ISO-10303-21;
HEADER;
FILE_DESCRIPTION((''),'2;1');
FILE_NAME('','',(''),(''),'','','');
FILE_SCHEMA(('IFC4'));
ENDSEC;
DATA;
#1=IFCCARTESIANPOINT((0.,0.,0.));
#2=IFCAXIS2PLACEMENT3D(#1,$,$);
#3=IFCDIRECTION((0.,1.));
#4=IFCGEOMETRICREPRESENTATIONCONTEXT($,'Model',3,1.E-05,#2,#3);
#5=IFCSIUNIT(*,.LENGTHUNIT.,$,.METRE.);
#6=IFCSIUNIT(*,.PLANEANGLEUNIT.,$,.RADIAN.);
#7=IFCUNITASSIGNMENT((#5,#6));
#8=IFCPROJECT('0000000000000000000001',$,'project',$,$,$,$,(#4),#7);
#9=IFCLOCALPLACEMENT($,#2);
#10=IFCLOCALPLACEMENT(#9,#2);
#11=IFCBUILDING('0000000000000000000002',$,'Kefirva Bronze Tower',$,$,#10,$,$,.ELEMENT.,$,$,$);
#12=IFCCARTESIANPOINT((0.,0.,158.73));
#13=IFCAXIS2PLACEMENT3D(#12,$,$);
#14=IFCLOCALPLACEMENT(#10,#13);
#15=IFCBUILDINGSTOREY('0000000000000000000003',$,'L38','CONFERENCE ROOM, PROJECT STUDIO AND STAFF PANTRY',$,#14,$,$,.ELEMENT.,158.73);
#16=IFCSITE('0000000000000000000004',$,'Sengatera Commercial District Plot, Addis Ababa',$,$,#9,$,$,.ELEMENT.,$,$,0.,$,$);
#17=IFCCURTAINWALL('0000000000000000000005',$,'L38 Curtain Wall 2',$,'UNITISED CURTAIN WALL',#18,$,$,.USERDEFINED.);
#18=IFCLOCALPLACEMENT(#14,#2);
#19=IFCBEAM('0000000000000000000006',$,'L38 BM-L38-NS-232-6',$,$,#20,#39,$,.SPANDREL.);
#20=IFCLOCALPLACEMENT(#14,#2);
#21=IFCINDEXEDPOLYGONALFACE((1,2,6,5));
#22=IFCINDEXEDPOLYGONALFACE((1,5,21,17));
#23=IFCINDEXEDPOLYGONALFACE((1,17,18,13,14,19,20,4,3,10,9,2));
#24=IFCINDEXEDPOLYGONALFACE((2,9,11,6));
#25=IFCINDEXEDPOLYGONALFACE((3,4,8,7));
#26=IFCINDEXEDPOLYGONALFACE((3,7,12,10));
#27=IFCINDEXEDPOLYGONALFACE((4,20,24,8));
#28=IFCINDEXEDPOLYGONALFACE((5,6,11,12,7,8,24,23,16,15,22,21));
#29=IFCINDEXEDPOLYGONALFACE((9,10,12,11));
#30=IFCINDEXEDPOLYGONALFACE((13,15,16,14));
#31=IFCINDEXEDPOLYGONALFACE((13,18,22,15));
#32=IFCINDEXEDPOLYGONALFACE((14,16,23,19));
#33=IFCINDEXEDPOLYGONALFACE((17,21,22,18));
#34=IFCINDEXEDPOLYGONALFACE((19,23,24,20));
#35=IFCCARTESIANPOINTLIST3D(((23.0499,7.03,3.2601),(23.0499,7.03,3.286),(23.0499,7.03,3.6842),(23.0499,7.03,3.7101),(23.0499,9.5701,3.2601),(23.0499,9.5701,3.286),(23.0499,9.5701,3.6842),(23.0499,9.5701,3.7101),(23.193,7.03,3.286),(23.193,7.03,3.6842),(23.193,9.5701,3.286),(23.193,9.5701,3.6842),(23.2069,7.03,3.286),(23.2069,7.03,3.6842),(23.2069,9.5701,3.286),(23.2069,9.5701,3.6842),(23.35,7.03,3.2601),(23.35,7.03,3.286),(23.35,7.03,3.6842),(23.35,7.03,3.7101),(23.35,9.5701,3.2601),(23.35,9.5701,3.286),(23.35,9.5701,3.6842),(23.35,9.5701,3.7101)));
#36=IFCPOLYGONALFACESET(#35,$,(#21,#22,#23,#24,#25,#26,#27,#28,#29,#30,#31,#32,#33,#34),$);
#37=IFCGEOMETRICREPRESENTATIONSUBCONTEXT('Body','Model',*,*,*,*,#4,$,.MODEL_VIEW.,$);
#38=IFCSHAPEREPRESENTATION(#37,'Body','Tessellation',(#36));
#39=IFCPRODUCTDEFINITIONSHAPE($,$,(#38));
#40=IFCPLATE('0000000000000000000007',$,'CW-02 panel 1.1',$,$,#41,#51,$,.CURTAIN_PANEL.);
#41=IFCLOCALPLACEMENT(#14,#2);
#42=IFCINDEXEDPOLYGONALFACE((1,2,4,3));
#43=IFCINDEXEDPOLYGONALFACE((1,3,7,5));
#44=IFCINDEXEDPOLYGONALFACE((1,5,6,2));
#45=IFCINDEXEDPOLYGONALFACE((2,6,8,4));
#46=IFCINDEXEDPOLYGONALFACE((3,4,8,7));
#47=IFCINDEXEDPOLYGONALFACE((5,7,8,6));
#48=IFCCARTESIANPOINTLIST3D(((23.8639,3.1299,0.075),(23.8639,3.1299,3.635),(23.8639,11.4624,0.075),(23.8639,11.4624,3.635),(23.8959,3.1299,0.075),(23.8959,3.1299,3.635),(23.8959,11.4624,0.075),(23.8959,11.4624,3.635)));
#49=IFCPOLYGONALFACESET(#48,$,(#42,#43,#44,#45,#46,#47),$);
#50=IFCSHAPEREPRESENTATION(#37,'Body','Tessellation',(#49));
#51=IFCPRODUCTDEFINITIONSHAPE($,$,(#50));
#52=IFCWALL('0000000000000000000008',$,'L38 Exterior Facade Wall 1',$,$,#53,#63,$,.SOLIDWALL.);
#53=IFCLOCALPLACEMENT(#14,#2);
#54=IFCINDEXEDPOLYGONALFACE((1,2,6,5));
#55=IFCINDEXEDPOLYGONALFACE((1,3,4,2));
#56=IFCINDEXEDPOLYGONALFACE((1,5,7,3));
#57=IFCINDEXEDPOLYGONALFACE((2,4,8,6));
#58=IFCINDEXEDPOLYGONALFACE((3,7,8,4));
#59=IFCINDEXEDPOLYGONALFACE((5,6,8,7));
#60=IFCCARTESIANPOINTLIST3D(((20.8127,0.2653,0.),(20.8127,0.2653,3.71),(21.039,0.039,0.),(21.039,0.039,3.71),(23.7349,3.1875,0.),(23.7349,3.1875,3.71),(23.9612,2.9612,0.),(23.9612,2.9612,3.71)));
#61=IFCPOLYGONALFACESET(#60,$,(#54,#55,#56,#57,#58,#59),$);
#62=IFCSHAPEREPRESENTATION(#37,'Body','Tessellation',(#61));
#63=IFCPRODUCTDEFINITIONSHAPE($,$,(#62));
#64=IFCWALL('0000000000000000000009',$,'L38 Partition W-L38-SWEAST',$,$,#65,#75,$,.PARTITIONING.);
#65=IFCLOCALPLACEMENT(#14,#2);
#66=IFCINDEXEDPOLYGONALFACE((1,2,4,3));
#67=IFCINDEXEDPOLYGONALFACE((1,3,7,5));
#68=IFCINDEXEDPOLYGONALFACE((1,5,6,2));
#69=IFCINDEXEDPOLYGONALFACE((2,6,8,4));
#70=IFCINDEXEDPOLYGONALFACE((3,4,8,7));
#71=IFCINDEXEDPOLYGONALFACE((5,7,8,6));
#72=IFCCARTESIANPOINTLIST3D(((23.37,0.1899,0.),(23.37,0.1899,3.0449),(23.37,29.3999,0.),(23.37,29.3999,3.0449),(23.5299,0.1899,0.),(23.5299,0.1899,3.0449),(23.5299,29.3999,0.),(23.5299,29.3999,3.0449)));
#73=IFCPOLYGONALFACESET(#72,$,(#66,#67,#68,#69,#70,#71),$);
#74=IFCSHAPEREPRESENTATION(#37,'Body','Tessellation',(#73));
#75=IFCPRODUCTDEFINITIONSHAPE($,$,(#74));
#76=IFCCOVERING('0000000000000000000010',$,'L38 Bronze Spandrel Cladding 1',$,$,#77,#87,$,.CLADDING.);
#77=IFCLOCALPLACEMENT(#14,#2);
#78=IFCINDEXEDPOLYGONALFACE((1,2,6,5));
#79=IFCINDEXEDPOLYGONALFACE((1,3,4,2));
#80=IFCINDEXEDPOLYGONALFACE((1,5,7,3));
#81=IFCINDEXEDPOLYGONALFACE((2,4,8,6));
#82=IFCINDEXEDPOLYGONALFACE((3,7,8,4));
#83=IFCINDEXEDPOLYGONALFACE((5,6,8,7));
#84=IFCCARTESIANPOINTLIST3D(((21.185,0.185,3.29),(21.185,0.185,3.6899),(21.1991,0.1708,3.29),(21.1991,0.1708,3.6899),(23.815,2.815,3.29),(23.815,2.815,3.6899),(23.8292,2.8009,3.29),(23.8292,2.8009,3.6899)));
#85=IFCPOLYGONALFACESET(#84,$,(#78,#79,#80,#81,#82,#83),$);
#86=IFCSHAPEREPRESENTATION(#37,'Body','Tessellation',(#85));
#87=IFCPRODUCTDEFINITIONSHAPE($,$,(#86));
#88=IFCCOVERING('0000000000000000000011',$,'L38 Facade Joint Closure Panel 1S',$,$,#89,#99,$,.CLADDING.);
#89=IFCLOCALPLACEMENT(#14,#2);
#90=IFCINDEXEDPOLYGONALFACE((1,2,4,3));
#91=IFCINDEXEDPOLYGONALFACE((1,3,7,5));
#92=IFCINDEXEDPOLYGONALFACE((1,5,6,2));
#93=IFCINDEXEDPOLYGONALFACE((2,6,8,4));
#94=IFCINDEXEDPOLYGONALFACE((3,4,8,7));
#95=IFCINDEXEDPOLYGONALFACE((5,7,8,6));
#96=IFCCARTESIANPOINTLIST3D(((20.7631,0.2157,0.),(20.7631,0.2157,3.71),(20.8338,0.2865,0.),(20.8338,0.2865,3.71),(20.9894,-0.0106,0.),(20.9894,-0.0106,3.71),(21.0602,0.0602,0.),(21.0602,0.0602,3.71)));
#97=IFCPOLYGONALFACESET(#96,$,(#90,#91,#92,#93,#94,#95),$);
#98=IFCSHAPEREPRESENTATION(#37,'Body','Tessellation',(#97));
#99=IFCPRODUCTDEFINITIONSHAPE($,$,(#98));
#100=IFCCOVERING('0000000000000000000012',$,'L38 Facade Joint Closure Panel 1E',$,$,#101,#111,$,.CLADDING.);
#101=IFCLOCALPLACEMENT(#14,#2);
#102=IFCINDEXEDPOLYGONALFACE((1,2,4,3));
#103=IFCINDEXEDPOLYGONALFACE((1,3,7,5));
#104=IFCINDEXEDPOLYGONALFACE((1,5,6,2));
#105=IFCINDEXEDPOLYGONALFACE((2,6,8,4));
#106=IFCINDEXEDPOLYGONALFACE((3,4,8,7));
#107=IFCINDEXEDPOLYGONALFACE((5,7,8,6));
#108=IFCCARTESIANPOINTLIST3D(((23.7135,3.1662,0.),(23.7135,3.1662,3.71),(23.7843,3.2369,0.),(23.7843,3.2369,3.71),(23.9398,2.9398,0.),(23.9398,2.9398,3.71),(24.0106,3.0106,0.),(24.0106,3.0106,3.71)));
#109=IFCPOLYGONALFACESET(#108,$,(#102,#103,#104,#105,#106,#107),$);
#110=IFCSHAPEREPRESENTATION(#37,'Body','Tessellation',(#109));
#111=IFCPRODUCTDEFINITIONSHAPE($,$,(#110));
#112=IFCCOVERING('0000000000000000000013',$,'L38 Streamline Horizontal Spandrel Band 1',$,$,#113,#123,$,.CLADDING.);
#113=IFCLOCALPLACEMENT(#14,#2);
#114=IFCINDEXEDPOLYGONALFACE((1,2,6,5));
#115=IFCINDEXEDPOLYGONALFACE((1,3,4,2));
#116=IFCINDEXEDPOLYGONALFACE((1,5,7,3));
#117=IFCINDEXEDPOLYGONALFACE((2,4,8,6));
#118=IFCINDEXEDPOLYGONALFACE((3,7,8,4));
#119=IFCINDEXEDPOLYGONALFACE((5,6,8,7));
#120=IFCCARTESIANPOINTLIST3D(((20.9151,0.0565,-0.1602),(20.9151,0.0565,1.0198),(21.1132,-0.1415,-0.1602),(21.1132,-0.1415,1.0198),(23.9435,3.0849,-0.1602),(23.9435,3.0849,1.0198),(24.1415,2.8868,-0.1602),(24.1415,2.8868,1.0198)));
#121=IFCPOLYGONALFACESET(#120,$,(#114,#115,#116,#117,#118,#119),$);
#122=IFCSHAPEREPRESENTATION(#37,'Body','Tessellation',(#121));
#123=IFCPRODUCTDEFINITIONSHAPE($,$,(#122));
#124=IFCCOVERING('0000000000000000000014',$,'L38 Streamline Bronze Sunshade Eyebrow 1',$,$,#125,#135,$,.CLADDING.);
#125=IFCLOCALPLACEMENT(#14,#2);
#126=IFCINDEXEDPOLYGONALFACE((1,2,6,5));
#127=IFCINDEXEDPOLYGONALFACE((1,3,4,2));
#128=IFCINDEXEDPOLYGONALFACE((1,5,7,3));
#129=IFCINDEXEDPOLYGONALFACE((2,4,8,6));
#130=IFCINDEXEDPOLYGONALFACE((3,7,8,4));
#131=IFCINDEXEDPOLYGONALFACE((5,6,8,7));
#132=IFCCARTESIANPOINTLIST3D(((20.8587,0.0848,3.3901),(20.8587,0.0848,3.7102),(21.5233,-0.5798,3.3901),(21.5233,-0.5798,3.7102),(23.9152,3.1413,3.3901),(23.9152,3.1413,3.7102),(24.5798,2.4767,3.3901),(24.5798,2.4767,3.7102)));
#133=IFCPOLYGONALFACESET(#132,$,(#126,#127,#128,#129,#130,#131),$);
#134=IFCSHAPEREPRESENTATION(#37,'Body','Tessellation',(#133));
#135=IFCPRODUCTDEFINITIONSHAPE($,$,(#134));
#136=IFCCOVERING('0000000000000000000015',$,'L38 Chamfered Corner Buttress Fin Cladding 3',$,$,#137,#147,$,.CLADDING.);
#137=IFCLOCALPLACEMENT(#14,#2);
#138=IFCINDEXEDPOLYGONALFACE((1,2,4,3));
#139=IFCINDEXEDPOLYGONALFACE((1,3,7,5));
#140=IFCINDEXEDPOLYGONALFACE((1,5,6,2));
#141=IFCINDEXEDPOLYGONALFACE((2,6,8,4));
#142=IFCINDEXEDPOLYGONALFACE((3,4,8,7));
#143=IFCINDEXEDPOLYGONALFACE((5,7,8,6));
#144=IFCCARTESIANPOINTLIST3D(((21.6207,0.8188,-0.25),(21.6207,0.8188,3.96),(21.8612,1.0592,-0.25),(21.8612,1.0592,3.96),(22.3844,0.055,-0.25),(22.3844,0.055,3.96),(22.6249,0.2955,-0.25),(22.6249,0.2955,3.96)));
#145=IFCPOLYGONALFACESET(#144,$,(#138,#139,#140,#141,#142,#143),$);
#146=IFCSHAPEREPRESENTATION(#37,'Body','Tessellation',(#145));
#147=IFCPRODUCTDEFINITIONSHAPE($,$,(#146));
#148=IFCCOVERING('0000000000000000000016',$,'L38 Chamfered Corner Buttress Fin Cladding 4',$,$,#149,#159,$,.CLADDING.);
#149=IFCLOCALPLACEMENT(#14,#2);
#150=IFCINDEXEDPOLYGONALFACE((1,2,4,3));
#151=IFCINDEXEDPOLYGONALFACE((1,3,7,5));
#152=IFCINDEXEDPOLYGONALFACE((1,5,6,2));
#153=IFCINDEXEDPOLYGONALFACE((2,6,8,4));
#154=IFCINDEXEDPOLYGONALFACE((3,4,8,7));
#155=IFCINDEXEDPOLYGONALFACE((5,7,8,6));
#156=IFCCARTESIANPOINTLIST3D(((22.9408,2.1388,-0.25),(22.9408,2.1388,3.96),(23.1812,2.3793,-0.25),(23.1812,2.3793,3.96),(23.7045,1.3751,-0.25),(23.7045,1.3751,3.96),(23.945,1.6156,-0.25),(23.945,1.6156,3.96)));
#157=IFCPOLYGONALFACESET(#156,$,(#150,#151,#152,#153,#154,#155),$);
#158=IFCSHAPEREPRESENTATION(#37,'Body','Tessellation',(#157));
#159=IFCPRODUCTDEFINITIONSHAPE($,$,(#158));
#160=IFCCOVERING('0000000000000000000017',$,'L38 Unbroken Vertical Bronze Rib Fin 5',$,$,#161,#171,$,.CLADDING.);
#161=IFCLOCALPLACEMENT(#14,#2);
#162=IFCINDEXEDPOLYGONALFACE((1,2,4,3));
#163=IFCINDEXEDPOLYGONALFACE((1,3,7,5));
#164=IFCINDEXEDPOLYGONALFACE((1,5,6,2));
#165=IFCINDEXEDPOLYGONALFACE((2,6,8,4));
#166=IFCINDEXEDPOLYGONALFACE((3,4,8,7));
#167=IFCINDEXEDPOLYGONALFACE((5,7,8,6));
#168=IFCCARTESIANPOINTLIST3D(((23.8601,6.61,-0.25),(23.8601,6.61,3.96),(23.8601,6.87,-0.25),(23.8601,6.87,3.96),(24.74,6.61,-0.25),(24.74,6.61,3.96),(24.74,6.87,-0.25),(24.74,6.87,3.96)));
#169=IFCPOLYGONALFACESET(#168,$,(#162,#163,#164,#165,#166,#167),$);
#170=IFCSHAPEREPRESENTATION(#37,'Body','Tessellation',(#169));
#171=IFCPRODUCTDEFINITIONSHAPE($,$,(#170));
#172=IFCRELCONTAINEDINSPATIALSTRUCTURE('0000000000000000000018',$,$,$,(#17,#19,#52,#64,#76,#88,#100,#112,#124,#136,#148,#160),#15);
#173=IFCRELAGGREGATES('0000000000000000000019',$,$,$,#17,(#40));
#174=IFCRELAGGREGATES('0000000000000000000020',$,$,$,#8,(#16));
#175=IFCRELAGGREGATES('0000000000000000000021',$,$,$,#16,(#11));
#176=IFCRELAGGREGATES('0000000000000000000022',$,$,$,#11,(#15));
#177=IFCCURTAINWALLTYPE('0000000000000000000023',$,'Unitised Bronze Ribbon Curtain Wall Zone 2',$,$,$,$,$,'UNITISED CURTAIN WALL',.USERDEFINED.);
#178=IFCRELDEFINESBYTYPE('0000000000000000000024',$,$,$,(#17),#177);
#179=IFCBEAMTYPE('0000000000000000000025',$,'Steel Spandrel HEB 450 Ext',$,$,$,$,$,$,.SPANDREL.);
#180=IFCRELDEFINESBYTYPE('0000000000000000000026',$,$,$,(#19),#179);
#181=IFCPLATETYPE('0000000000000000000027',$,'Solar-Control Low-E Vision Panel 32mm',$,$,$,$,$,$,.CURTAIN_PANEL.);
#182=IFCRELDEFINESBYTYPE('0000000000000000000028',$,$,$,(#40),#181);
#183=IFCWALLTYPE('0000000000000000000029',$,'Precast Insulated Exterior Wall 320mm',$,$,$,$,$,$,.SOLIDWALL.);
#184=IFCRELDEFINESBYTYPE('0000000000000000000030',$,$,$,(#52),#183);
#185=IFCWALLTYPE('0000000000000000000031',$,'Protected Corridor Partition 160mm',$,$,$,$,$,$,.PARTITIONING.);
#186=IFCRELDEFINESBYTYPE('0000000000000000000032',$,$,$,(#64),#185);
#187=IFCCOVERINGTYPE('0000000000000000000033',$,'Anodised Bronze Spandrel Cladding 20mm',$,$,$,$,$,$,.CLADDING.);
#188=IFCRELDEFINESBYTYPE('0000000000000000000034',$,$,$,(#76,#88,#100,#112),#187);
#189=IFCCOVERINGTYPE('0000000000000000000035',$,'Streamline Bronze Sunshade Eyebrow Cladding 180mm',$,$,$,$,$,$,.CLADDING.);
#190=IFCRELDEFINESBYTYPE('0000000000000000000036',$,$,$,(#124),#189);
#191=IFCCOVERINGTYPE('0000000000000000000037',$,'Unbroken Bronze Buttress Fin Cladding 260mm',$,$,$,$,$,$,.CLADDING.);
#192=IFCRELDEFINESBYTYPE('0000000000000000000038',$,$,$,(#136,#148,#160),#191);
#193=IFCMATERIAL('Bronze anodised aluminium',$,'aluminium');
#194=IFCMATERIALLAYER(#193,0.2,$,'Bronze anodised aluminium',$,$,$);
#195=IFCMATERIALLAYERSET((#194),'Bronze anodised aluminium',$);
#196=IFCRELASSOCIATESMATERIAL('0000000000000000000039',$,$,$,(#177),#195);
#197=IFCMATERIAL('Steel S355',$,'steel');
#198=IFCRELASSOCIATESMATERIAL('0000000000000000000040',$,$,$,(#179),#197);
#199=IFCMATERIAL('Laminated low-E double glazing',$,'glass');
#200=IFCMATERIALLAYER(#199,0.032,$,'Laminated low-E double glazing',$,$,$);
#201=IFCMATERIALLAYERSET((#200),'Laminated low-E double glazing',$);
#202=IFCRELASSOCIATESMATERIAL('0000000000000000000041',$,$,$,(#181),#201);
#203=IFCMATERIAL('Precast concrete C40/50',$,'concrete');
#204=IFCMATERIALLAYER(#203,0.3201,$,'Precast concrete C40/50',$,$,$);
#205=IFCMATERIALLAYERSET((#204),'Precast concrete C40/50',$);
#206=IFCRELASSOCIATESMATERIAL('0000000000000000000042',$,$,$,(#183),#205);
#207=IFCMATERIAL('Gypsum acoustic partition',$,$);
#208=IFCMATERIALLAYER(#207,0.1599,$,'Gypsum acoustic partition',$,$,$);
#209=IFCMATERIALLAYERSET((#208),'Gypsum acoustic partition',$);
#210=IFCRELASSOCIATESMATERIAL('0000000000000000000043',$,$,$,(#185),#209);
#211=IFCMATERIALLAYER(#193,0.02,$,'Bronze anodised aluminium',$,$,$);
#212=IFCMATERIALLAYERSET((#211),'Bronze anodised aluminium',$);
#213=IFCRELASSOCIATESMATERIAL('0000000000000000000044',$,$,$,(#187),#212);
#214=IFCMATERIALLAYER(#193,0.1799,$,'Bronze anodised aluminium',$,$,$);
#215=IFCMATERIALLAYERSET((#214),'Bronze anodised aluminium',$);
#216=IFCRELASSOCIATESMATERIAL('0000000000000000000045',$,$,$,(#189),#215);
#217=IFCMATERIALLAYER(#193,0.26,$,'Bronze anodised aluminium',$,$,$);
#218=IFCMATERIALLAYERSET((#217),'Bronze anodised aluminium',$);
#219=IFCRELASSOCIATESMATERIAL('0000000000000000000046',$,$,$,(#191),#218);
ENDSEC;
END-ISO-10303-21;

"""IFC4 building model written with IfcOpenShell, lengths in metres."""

from ifc_helpers import new_model, si_unit, direction, frame, frame_2d, origin, origin_2d, place, context, subcontext, project, spatial, rectangle, i_section, extrude, material, layer, layer_set, material_profile, profile_set, type_object, element, aggregate, save


model = new_model("IFC4")

# Units and contexts
model_context = context("Model", 3, precision=1e-05, world=origin(), true_north=direction((0.0, 1.0)))
body_context = subcontext(model_context, "Body", "Model", "MODEL_VIEW")
ifc_project = project(units=[si_unit("LENGTHUNIT", "METRE"), si_unit("PLANEANGLEUNIT", "RADIAN")], contexts=[model_context])

# Site, building, storey
site_placement = place(None, origin())
site = spatial("IfcSite", under=ifc_project, at=site_placement, Name="Sengatera Commercial District Plot, Addis Ababa", CompositionType="ELEMENT", RefElevation=0.0)
building_placement = place(site_placement, origin())
building = spatial("IfcBuilding", under=site, at=building_placement, Name="Kefirva Bronze Tower", CompositionType="ELEMENT")
storey_placement = place(building_placement, frame((0.0, 0.0, 158.73)))
storey = spatial("IfcBuildingStorey", under=building, at=storey_placement, Name="L38", Description="CONFERENCE ROOM, PROJECT STUDIO AND STAFF PANTRY", CompositionType="ELEMENT", Elevation=158.73)

# Shared definitions
ifc_material_1 = material(Name="Bronze anodised aluminium", Category="aluminium")
ifc_layer_1 = layer(ifc_material_1, 0.2, Name="Bronze anodised aluminium")
ifc_layer_set_1 = layer_set([ifc_layer_1], Name="Bronze anodised aluminium")
curtain_wall_type = type_object("IfcCurtainWallType", Name="Unitised Bronze Ribbon Curtain Wall Zone 2", ElementType="UNITISED CURTAIN WALL", PredefinedType="USERDEFINED", material=ifc_layer_set_1)

# Curtain wall
curtain_wall_1_placement = place(storey_placement, origin())
curtain_wall_1 = element("IfcCurtainWall", 1, at=curtain_wall_1_placement, inside=storey, type_object=curtain_wall_type, Name="L38 Curtain Wall 2", ObjectType="UNITISED CURTAIN WALL", PredefinedType="USERDEFINED")

# Beam
ifc_material_2 = material(Name="Steel S355", Category="steel")
ifc_material_profile_1 = material_profile(ifc_material_2, i_section(OverallWidth=0.3, OverallDepth=0.45, WebThickness=0.0139, FlangeThickness=0.0259, at=origin_2d()), Name="HEB 450")
ifc_profile_set_1 = profile_set([ifc_material_profile_1], Name="Steel S355")
beam_type_1 = type_object("IfcBeamType", Name="Steel Spandrel HEB 450 Ext", PredefinedType="SPANDREL", material=ifc_profile_set_1)
beam_1_placement = place(storey_placement, frame((23.2, 7.03, 3.4851), z_axis=(0.0, 1.0, 0.0), x_axis=(-1.0, 0.0, 0.0)))
element("IfcBeam", 2, at=beam_1_placement, inside=storey, type_object=beam_type_1, Name="L38 BM-L38-NS-232-6", PredefinedType="SPANDREL", context=body_context, shape_type="SweptSolid", body=[
    extrude(i_section(OverallWidth=0.3, OverallDepth=0.45, WebThickness=0.0139, FlangeThickness=0.0259, at=origin_2d()), origin(), (0.0, 0.0, 1.0), 2.54),
])

# Plate
ifc_material_3 = material(Name="Laminated low-E double glazing", Category="glass")
ifc_layer_2 = layer(ifc_material_3, 0.032, Name="Laminated low-E double glazing")
ifc_layer_set_2 = layer_set([ifc_layer_2], Name="Laminated low-E double glazing")
plate_type = type_object("IfcPlateType", Name="Solar-Control Low-E Vision Panel 32mm", PredefinedType="CURTAIN_PANEL", material=ifc_layer_set_2)
plate_placement = place(storey_placement, frame((23.8799, 7.2961, 0.075), z_axis=(0.0, 0.0, 1.0), x_axis=(0.0, 1.0, 0.0)))
plate = element("IfcPlate", 3, at=plate_placement, type_object=plate_type, Name="CW-02 panel 1.1", PredefinedType="CURTAIN_PANEL", context=body_context, shape_type="SweptSolid", body=[
    extrude(rectangle(XDim=8.3325, YDim=0.032, at=origin_2d()), origin(), (0.0, 0.0, 1.0), 3.5601),
])
aggregate(curtain_wall_1, [plate])

# Walls
ifc_material_4 = material(Name="Precast concrete C40/50", Category="concrete")
ifc_layer_3 = layer(ifc_material_4, 0.3201, Name="Precast concrete C40/50")
ifc_layer_set_3 = layer_set([ifc_layer_3], Name="Precast concrete C40/50")
wall_type_1 = type_object("IfcWallType", Name="Precast Insulated Exterior Wall 320mm", PredefinedType="SOLIDWALL", material=ifc_layer_set_3)
wall_1_placement = place(storey_placement, frame((20.9258, 0.1521, 0.0), z_axis=(0.0, 0.0, 1.0), x_axis=(0.707107, 0.707107, 0.0)))
element("IfcWall", 4, at=wall_1_placement, inside=storey, type_object=wall_type_1, Name="L38 Exterior Facade Wall 1", PredefinedType="SOLIDWALL", context=body_context, shape_type="SweptSolid", body=[
    extrude(rectangle(XDim=4.1326, YDim=0.3201, at=frame_2d((2.0664, 0.0))), origin(), (0.0, 0.0, 1.0), 3.71),
])
ifc_material_5 = material(Name="Gypsum acoustic partition")
ifc_layer_4 = layer(ifc_material_5, 0.1599, Name="Gypsum acoustic partition")
ifc_layer_set_4 = layer_set([ifc_layer_4], Name="Gypsum acoustic partition")
wall_type_2 = type_object("IfcWallType", Name="Protected Corridor Partition 160mm", PredefinedType="PARTITIONING", material=ifc_layer_set_4)
wall_2_placement = place(storey_placement, frame((23.45, 0.1899, 0.0), z_axis=(0.0, 0.0, 1.0), x_axis=(0.0, 1.0, 0.0)))
element("IfcWall", 5, at=wall_2_placement, inside=storey, type_object=wall_type_2, Name="L38 Partition W-L38-SWEAST", PredefinedType="PARTITIONING", context=body_context, shape_type="SweptSolid", body=[
    extrude(rectangle(XDim=29.21, YDim=0.1599, at=frame_2d((14.605, 0.0))), origin(), (0.0, 0.0, 1.0), 3.0449),
])

# Coverings
ifc_layer_5 = layer(ifc_material_1, 0.02, Name="Bronze anodised aluminium")
ifc_layer_set_5 = layer_set([ifc_layer_5], Name="Bronze anodised aluminium")
covering_type_1 = type_object("IfcCoveringType", Name="Anodised Bronze Spandrel Cladding 20mm", PredefinedType="CLADDING", material=ifc_layer_set_5)
covering_1_placement = place(storey_placement, frame((22.5071, 1.4929, 3.29), z_axis=(0.0, 0.0, 1.0), x_axis=(0.707107, 0.707107, 0.0)))
element("IfcCovering", 6, at=covering_1_placement, inside=storey, type_object=covering_type_1, Name="L38 Bronze Spandrel Cladding 1", PredefinedType="CLADDING", context=body_context, shape_type="SweptSolid", body=[
    extrude(rectangle(XDim=3.7195, YDim=0.02, at=origin_2d()), origin(), (0.0, 0.0, 1.0), 0.3999),
])
for number, where, z_axis, x_axis, name in (
    (7, (20.9116, 0.1379, 0.0), (0.0, 0.0, 1.0), (0.707107, 0.707107, 0.0), "L38 Facade Joint Closure Panel 1S"),
    (8, (23.8621, 3.0884, 0.0), (0.0, 0.0, 1.0), (0.707107, 0.707107, 0.0), "L38 Facade Joint Closure Panel 1E"),
):
    element("IfcCovering", number, at=place(storey_placement, frame(where, z_axis=z_axis, x_axis=x_axis)), inside=storey, type_object=covering_type_1, Name=name, PredefinedType="CLADDING", context=body_context, shape_type="SweptSolid", body=[
        extrude(rectangle(XDim=0.1001, YDim=0.3201, at=origin_2d()), origin(), (0.0, 0.0, 1.0), 3.71),
    ])
covering_2_placement = place(storey_placement, frame((22.5283, 1.4717, -0.1602), z_axis=(0.0, 0.0, 1.0), x_axis=(0.707107, 0.707107, 0.0)))
element("IfcCovering", 9, at=covering_2_placement, inside=storey, type_object=covering_type_1, Name="L38 Streamline Horizontal Spandrel Band 1", PredefinedType="CLADDING", context=body_context, shape_type="SweptSolid", body=[
    extrude(rectangle(XDim=4.2827, YDim=0.28, at=origin_2d()), origin(), (0.0, 0.0, 1.0), 1.1799),
])
ifc_layer_6 = layer(ifc_material_1, 0.1799, Name="Bronze anodised aluminium")
ifc_layer_set_6 = layer_set([ifc_layer_6], Name="Bronze anodised aluminium")
covering_type_2 = type_object("IfcCoveringType", Name="Streamline Bronze Sunshade Eyebrow Cladding 180mm", PredefinedType="CLADDING", material=ifc_layer_set_6)
covering_3_placement = place(storey_placement, frame((22.7192, 1.2808, 3.3901), z_axis=(0.0, 0.0, 1.0), x_axis=(0.707107, 0.707107, 0.0)))
element("IfcCovering", 10, at=covering_3_placement, inside=storey, type_object=covering_type_2, Name="L38 Streamline Bronze Sunshade Eyebrow 1", PredefinedType="CLADDING", context=body_context, shape_type="SweptSolid", body=[
    extrude(rectangle(XDim=4.3225, YDim=0.9399, at=origin_2d()), origin(), (0.0, 0.0, 1.0), 0.3201),
])
ifc_layer_7 = layer(ifc_material_1, 0.26, Name="Bronze anodised aluminium")
ifc_layer_set_7 = layer_set([ifc_layer_7], Name="Bronze anodised aluminium")
covering_type_3 = type_object("IfcCoveringType", Name="Unbroken Bronze Buttress Fin Cladding 260mm", PredefinedType="CLADDING", material=ifc_layer_set_7)
for number, where, z_axis, x_axis, name in (
    (11, (22.1228, 0.5571, -0.25), (0.0, 0.0, 1.0), (0.707107, 0.707107, 0.0), "L38 Chamfered Corner Buttress Fin Cladding 3"),
    (12, (23.4429, 1.8772, -0.25), (0.0, 0.0, 1.0), (0.707107, 0.707107, 0.0), "L38 Chamfered Corner Buttress Fin Cladding 4"),
):
    element("IfcCovering", number, at=place(storey_placement, frame(where, z_axis=z_axis, x_axis=x_axis)), inside=storey, type_object=covering_type_3, Name=name, PredefinedType="CLADDING", context=body_context, shape_type="SweptSolid", body=[
        extrude(rectangle(XDim=0.3401, YDim=1.0801, at=origin_2d()), origin(), (0.0, 0.0, 1.0), 4.21),
    ])
covering_4_placement = place(storey_placement, frame((24.3, 6.74, -0.25), z_axis=(0.0, 0.0, 1.0), x_axis=(0.0, 1.0, 0.0)))
element("IfcCovering", 13, at=covering_4_placement, inside=storey, type_object=covering_type_3, Name="L38 Unbroken Vertical Bronze Rib Fin 5", PredefinedType="CLADDING", context=body_context, shape_type="SweptSolid", body=[
    extrude(rectangle(XDim=0.26, YDim=0.8799, at=origin_2d()), origin(), (0.0, 0.0, 1.0), 4.21),
])

save(model, "model.ifc")
